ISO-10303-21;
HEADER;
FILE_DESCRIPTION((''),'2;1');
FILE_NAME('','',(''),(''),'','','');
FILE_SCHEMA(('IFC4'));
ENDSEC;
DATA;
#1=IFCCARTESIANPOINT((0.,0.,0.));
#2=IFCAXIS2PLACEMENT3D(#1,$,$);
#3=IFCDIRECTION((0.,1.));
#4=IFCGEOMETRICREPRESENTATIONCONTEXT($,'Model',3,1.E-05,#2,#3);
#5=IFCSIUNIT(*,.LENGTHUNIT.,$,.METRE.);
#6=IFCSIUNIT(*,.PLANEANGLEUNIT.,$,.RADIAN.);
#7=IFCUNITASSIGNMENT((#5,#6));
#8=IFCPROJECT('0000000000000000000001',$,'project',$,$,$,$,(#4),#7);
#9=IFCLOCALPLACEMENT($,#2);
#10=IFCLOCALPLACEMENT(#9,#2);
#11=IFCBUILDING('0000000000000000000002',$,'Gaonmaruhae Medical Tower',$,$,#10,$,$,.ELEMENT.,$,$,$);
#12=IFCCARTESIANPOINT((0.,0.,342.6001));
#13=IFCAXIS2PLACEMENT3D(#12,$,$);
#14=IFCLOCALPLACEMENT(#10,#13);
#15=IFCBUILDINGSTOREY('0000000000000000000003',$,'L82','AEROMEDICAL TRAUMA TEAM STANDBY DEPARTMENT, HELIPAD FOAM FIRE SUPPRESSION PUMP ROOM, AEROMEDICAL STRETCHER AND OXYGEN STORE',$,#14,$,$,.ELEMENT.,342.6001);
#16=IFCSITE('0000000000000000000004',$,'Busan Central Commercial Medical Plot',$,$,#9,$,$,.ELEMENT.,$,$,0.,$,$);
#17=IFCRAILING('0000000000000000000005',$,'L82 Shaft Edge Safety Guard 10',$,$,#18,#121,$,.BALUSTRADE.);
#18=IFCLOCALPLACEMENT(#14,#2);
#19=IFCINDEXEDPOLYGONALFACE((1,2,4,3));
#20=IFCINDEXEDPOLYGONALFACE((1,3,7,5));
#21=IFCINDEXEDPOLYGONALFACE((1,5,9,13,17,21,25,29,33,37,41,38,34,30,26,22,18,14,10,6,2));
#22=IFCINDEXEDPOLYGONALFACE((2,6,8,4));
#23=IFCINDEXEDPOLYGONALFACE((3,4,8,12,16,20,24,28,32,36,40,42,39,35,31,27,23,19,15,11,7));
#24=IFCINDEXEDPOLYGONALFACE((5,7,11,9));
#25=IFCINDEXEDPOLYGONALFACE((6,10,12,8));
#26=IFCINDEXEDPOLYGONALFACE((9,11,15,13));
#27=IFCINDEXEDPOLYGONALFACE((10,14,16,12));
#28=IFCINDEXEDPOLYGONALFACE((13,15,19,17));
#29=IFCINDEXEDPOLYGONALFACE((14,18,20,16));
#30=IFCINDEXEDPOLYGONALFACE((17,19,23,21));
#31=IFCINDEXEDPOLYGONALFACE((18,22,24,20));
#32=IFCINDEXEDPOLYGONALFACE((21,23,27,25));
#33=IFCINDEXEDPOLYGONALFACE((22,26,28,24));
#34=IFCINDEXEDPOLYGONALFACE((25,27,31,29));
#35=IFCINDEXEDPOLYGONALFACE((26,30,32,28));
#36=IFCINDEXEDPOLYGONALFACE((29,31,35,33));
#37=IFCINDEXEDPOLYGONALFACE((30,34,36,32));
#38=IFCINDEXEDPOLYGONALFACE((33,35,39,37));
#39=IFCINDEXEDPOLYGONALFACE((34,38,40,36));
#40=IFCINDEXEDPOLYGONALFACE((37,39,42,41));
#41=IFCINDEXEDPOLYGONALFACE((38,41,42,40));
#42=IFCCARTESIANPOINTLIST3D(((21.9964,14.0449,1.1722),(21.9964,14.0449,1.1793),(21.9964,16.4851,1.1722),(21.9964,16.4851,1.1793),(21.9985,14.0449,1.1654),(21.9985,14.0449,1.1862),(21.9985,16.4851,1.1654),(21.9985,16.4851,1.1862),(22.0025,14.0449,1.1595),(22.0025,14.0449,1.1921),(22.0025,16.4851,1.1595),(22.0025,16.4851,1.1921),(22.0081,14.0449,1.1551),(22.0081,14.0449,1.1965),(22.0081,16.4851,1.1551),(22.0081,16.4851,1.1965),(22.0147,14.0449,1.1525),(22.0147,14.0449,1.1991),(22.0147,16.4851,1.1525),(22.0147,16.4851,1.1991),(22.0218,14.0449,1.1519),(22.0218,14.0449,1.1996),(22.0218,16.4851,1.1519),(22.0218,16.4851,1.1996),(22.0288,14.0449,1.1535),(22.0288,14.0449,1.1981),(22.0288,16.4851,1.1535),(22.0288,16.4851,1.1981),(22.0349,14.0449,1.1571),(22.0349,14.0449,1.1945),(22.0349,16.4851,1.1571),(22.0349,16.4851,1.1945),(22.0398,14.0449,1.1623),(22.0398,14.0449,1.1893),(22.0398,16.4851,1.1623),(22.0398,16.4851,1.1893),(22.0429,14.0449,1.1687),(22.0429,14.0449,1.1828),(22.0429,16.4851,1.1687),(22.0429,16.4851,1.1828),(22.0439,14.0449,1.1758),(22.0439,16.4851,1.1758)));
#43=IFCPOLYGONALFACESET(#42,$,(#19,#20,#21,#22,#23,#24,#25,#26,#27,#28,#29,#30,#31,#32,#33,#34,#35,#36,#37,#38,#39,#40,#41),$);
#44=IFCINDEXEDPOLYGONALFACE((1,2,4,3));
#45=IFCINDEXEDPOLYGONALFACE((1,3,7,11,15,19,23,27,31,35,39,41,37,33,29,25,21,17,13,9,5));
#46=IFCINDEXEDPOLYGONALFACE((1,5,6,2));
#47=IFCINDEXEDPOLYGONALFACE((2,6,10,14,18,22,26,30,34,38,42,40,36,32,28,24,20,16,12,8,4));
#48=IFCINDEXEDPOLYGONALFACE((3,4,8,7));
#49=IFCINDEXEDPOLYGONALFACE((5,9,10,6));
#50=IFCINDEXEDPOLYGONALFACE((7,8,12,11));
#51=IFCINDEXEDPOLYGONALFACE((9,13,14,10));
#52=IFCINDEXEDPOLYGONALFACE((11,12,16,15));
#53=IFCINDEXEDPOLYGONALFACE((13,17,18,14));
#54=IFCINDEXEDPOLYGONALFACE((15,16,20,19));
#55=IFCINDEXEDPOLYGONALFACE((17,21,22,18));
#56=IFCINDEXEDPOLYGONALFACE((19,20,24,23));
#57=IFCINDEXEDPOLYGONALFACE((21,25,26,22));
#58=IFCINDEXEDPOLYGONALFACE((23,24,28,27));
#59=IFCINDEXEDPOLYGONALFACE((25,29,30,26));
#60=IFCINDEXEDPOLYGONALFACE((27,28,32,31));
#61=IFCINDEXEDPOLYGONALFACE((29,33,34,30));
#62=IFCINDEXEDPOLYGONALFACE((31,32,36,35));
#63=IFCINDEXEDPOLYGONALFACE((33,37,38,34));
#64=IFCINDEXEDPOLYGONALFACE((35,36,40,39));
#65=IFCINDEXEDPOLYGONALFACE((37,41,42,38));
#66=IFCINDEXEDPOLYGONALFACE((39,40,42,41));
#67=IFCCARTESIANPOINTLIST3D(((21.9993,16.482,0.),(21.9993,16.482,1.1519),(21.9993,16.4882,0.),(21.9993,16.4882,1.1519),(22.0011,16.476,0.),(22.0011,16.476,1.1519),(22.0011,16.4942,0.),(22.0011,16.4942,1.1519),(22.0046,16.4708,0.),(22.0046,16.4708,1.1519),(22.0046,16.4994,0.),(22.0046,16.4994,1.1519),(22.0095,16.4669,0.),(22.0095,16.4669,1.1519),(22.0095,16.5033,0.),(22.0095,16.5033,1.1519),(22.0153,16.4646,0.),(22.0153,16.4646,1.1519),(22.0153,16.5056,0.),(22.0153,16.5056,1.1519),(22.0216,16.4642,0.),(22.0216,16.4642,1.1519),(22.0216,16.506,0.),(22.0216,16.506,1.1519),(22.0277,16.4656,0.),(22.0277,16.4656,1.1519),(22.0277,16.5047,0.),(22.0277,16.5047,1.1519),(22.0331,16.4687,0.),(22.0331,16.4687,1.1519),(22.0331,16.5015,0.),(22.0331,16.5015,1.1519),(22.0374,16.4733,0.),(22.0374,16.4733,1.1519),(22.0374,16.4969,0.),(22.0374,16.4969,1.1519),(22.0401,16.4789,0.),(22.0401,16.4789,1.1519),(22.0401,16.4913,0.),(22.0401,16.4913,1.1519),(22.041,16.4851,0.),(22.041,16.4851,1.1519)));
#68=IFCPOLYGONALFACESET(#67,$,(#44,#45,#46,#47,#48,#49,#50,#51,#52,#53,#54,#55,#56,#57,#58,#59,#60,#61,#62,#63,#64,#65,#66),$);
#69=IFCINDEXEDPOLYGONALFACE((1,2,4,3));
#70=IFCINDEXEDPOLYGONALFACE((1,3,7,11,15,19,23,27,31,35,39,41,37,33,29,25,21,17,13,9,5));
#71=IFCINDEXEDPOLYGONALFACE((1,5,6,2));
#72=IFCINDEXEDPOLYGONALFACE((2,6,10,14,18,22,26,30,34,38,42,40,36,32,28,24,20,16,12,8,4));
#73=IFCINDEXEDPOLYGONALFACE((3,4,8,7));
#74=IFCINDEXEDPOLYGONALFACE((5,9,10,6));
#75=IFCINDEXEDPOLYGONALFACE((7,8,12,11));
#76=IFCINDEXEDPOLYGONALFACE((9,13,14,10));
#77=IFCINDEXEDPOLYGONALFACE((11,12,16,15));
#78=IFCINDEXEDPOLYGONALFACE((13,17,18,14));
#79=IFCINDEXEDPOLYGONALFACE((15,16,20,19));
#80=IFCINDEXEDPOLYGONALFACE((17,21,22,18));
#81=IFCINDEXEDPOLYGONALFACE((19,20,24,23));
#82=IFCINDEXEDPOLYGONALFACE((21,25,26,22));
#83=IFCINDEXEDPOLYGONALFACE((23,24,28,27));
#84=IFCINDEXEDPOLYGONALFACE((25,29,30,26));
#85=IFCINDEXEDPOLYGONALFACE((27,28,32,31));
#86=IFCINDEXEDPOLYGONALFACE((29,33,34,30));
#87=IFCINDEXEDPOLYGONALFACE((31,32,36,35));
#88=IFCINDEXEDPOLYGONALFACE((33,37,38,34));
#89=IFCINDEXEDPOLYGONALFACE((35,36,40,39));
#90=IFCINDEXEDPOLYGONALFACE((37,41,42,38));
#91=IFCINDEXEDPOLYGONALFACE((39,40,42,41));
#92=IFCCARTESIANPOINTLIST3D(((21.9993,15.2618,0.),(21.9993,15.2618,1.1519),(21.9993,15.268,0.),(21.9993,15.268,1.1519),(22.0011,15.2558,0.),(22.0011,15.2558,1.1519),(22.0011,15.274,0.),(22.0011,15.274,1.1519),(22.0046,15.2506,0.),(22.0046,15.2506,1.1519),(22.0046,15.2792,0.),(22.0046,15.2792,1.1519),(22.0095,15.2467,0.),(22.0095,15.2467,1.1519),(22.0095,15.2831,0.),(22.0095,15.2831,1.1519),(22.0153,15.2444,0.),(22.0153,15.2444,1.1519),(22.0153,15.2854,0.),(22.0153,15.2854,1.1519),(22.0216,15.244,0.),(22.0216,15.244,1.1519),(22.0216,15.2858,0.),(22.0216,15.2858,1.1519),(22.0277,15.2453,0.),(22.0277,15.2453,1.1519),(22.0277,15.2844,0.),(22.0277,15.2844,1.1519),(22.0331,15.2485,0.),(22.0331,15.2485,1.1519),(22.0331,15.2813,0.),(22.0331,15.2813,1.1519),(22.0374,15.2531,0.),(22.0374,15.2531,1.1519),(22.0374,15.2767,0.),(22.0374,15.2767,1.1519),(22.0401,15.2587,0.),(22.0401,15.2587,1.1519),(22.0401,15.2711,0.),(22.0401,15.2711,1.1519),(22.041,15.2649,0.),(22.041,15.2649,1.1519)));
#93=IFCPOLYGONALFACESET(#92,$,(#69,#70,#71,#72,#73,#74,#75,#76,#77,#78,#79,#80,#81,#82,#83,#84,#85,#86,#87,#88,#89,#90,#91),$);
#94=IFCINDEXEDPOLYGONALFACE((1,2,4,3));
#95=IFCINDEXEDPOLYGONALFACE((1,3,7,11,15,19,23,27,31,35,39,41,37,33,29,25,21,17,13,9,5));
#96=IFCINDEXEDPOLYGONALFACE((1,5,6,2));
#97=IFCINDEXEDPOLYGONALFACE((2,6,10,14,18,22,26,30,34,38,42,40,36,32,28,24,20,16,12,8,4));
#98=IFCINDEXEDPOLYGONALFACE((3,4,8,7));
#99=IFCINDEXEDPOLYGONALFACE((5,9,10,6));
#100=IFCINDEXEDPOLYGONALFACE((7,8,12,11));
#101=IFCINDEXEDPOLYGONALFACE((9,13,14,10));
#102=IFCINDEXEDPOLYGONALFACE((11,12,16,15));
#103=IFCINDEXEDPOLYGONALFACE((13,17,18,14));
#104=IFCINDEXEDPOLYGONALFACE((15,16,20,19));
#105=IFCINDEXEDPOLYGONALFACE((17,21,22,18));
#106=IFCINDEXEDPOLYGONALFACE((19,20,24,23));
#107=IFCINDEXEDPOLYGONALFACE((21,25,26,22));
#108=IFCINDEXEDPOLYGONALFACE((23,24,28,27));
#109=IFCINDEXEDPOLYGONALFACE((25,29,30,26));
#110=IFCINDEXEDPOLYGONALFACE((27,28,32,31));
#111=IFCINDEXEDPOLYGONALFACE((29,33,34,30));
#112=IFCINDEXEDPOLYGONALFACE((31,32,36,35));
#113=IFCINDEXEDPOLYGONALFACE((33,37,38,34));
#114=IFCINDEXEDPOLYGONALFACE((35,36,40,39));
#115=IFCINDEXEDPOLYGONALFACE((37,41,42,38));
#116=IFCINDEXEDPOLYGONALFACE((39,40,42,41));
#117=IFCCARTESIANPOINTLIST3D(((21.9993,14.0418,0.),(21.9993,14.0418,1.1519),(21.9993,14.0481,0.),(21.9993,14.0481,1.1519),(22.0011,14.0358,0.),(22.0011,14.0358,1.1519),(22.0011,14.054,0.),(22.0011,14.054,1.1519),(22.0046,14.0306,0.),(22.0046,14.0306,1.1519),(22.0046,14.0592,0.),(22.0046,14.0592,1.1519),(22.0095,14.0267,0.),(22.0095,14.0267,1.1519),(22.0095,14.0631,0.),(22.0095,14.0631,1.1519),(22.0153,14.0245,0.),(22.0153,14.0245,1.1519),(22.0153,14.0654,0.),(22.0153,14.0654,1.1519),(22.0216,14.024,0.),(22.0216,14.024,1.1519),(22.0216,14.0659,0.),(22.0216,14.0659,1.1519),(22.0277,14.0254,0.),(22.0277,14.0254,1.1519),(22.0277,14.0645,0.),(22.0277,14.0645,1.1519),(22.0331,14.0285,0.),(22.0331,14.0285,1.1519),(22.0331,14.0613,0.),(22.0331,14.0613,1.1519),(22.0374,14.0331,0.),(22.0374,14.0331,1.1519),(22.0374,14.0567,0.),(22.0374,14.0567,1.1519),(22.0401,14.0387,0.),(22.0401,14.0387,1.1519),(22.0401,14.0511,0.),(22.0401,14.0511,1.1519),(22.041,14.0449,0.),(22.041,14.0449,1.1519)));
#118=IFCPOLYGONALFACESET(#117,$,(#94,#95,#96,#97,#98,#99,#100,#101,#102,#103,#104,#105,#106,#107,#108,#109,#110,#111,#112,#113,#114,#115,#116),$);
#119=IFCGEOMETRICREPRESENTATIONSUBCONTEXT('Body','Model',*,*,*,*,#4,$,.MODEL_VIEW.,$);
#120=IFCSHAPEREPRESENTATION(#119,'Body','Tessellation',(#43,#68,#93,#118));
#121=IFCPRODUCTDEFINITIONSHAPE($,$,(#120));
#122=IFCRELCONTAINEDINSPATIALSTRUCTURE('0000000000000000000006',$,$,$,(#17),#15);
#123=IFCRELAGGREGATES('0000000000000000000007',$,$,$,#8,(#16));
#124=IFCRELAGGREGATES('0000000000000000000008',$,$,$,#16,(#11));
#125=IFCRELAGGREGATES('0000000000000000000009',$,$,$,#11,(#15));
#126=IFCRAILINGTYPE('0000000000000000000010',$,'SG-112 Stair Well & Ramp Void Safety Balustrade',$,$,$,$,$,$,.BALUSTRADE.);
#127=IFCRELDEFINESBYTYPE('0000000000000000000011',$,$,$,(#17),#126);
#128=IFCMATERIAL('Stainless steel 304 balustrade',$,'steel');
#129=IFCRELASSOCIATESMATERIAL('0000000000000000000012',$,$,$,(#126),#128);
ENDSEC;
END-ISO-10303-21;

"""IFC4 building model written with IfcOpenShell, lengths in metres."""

from ifc_helpers import new_model, si_unit, direction, frame, origin, origin_2d, place, context, subcontext, project, spatial, circle, extrude, material, type_object, element, save


model = new_model("IFC4")

# Units and contexts
model_context = context("Model", 3, precision=1e-05, world=origin(), true_north=direction((0.0, 1.0)))
body_context = subcontext(model_context, "Body", "Model", "MODEL_VIEW")
ifc_project = project(units=[si_unit("LENGTHUNIT", "METRE"), si_unit("PLANEANGLEUNIT", "RADIAN")], contexts=[model_context])

# Site, building, storey
site_placement = place(None, origin())
site = spatial("IfcSite", under=ifc_project, at=site_placement, Name="Busan Central Commercial Medical Plot", CompositionType="ELEMENT", RefElevation=0.0)
building_placement = place(site_placement, origin())
building = spatial("IfcBuilding", under=site, at=building_placement, Name="Gaonmaruhae Medical Tower", CompositionType="ELEMENT")
storey_placement = place(building_placement, frame((0.0, 0.0, 342.6001)))
storey = spatial("IfcBuildingStorey", under=building, at=storey_placement, Name="L82", Description="AEROMEDICAL TRAUMA TEAM STANDBY DEPARTMENT, HELIPAD FOAM FIRE SUPPRESSION PUMP ROOM, AEROMEDICAL STRETCHER AND OXYGEN STORE", CompositionType="ELEMENT", Elevation=342.6001)

# Railing
ifc_material_1 = material(Name="Stainless steel 304 balustrade", Category="steel")
railing_type_1 = type_object("IfcRailingType", Name="SG-112 Stair Well & Ramp Void Safety Balustrade", PredefinedType="BALUSTRADE", material=ifc_material_1)
railing_1_placement = place(storey_placement, frame((22.02, 16.4851, 0.0)))
element("IfcRailing", 1, at=railing_1_placement, inside=storey, type_object=railing_type_1, Name="L82 Shaft Edge Safety Guard 10", PredefinedType="BALUSTRADE", context=body_context, shape_type="SweptSolid", body=[
    extrude(circle(Radius=0.0239, at=origin_2d()), frame((0.0, 0.0, 1.1758), z_axis=(0.0, -1.0, 0.0), x_axis=(1.0, 0.0, 0.0)), (0.0, 0.0, 1.0), 2.4402),
    extrude(circle(Radius=0.021, at=origin_2d()), origin(), (0.0, 0.0, 1.0), 1.1519),
    extrude(circle(Radius=0.021, at=origin_2d()), frame((0.0, -1.2202, 0.0)), (0.0, 0.0, 1.0), 1.1519),
    extrude(circle(Radius=0.021, at=origin_2d()), frame((0.0, -2.4402, 0.0)), (0.0, 0.0, 1.0), 1.1519),
])

save(model, "model.ifc")
